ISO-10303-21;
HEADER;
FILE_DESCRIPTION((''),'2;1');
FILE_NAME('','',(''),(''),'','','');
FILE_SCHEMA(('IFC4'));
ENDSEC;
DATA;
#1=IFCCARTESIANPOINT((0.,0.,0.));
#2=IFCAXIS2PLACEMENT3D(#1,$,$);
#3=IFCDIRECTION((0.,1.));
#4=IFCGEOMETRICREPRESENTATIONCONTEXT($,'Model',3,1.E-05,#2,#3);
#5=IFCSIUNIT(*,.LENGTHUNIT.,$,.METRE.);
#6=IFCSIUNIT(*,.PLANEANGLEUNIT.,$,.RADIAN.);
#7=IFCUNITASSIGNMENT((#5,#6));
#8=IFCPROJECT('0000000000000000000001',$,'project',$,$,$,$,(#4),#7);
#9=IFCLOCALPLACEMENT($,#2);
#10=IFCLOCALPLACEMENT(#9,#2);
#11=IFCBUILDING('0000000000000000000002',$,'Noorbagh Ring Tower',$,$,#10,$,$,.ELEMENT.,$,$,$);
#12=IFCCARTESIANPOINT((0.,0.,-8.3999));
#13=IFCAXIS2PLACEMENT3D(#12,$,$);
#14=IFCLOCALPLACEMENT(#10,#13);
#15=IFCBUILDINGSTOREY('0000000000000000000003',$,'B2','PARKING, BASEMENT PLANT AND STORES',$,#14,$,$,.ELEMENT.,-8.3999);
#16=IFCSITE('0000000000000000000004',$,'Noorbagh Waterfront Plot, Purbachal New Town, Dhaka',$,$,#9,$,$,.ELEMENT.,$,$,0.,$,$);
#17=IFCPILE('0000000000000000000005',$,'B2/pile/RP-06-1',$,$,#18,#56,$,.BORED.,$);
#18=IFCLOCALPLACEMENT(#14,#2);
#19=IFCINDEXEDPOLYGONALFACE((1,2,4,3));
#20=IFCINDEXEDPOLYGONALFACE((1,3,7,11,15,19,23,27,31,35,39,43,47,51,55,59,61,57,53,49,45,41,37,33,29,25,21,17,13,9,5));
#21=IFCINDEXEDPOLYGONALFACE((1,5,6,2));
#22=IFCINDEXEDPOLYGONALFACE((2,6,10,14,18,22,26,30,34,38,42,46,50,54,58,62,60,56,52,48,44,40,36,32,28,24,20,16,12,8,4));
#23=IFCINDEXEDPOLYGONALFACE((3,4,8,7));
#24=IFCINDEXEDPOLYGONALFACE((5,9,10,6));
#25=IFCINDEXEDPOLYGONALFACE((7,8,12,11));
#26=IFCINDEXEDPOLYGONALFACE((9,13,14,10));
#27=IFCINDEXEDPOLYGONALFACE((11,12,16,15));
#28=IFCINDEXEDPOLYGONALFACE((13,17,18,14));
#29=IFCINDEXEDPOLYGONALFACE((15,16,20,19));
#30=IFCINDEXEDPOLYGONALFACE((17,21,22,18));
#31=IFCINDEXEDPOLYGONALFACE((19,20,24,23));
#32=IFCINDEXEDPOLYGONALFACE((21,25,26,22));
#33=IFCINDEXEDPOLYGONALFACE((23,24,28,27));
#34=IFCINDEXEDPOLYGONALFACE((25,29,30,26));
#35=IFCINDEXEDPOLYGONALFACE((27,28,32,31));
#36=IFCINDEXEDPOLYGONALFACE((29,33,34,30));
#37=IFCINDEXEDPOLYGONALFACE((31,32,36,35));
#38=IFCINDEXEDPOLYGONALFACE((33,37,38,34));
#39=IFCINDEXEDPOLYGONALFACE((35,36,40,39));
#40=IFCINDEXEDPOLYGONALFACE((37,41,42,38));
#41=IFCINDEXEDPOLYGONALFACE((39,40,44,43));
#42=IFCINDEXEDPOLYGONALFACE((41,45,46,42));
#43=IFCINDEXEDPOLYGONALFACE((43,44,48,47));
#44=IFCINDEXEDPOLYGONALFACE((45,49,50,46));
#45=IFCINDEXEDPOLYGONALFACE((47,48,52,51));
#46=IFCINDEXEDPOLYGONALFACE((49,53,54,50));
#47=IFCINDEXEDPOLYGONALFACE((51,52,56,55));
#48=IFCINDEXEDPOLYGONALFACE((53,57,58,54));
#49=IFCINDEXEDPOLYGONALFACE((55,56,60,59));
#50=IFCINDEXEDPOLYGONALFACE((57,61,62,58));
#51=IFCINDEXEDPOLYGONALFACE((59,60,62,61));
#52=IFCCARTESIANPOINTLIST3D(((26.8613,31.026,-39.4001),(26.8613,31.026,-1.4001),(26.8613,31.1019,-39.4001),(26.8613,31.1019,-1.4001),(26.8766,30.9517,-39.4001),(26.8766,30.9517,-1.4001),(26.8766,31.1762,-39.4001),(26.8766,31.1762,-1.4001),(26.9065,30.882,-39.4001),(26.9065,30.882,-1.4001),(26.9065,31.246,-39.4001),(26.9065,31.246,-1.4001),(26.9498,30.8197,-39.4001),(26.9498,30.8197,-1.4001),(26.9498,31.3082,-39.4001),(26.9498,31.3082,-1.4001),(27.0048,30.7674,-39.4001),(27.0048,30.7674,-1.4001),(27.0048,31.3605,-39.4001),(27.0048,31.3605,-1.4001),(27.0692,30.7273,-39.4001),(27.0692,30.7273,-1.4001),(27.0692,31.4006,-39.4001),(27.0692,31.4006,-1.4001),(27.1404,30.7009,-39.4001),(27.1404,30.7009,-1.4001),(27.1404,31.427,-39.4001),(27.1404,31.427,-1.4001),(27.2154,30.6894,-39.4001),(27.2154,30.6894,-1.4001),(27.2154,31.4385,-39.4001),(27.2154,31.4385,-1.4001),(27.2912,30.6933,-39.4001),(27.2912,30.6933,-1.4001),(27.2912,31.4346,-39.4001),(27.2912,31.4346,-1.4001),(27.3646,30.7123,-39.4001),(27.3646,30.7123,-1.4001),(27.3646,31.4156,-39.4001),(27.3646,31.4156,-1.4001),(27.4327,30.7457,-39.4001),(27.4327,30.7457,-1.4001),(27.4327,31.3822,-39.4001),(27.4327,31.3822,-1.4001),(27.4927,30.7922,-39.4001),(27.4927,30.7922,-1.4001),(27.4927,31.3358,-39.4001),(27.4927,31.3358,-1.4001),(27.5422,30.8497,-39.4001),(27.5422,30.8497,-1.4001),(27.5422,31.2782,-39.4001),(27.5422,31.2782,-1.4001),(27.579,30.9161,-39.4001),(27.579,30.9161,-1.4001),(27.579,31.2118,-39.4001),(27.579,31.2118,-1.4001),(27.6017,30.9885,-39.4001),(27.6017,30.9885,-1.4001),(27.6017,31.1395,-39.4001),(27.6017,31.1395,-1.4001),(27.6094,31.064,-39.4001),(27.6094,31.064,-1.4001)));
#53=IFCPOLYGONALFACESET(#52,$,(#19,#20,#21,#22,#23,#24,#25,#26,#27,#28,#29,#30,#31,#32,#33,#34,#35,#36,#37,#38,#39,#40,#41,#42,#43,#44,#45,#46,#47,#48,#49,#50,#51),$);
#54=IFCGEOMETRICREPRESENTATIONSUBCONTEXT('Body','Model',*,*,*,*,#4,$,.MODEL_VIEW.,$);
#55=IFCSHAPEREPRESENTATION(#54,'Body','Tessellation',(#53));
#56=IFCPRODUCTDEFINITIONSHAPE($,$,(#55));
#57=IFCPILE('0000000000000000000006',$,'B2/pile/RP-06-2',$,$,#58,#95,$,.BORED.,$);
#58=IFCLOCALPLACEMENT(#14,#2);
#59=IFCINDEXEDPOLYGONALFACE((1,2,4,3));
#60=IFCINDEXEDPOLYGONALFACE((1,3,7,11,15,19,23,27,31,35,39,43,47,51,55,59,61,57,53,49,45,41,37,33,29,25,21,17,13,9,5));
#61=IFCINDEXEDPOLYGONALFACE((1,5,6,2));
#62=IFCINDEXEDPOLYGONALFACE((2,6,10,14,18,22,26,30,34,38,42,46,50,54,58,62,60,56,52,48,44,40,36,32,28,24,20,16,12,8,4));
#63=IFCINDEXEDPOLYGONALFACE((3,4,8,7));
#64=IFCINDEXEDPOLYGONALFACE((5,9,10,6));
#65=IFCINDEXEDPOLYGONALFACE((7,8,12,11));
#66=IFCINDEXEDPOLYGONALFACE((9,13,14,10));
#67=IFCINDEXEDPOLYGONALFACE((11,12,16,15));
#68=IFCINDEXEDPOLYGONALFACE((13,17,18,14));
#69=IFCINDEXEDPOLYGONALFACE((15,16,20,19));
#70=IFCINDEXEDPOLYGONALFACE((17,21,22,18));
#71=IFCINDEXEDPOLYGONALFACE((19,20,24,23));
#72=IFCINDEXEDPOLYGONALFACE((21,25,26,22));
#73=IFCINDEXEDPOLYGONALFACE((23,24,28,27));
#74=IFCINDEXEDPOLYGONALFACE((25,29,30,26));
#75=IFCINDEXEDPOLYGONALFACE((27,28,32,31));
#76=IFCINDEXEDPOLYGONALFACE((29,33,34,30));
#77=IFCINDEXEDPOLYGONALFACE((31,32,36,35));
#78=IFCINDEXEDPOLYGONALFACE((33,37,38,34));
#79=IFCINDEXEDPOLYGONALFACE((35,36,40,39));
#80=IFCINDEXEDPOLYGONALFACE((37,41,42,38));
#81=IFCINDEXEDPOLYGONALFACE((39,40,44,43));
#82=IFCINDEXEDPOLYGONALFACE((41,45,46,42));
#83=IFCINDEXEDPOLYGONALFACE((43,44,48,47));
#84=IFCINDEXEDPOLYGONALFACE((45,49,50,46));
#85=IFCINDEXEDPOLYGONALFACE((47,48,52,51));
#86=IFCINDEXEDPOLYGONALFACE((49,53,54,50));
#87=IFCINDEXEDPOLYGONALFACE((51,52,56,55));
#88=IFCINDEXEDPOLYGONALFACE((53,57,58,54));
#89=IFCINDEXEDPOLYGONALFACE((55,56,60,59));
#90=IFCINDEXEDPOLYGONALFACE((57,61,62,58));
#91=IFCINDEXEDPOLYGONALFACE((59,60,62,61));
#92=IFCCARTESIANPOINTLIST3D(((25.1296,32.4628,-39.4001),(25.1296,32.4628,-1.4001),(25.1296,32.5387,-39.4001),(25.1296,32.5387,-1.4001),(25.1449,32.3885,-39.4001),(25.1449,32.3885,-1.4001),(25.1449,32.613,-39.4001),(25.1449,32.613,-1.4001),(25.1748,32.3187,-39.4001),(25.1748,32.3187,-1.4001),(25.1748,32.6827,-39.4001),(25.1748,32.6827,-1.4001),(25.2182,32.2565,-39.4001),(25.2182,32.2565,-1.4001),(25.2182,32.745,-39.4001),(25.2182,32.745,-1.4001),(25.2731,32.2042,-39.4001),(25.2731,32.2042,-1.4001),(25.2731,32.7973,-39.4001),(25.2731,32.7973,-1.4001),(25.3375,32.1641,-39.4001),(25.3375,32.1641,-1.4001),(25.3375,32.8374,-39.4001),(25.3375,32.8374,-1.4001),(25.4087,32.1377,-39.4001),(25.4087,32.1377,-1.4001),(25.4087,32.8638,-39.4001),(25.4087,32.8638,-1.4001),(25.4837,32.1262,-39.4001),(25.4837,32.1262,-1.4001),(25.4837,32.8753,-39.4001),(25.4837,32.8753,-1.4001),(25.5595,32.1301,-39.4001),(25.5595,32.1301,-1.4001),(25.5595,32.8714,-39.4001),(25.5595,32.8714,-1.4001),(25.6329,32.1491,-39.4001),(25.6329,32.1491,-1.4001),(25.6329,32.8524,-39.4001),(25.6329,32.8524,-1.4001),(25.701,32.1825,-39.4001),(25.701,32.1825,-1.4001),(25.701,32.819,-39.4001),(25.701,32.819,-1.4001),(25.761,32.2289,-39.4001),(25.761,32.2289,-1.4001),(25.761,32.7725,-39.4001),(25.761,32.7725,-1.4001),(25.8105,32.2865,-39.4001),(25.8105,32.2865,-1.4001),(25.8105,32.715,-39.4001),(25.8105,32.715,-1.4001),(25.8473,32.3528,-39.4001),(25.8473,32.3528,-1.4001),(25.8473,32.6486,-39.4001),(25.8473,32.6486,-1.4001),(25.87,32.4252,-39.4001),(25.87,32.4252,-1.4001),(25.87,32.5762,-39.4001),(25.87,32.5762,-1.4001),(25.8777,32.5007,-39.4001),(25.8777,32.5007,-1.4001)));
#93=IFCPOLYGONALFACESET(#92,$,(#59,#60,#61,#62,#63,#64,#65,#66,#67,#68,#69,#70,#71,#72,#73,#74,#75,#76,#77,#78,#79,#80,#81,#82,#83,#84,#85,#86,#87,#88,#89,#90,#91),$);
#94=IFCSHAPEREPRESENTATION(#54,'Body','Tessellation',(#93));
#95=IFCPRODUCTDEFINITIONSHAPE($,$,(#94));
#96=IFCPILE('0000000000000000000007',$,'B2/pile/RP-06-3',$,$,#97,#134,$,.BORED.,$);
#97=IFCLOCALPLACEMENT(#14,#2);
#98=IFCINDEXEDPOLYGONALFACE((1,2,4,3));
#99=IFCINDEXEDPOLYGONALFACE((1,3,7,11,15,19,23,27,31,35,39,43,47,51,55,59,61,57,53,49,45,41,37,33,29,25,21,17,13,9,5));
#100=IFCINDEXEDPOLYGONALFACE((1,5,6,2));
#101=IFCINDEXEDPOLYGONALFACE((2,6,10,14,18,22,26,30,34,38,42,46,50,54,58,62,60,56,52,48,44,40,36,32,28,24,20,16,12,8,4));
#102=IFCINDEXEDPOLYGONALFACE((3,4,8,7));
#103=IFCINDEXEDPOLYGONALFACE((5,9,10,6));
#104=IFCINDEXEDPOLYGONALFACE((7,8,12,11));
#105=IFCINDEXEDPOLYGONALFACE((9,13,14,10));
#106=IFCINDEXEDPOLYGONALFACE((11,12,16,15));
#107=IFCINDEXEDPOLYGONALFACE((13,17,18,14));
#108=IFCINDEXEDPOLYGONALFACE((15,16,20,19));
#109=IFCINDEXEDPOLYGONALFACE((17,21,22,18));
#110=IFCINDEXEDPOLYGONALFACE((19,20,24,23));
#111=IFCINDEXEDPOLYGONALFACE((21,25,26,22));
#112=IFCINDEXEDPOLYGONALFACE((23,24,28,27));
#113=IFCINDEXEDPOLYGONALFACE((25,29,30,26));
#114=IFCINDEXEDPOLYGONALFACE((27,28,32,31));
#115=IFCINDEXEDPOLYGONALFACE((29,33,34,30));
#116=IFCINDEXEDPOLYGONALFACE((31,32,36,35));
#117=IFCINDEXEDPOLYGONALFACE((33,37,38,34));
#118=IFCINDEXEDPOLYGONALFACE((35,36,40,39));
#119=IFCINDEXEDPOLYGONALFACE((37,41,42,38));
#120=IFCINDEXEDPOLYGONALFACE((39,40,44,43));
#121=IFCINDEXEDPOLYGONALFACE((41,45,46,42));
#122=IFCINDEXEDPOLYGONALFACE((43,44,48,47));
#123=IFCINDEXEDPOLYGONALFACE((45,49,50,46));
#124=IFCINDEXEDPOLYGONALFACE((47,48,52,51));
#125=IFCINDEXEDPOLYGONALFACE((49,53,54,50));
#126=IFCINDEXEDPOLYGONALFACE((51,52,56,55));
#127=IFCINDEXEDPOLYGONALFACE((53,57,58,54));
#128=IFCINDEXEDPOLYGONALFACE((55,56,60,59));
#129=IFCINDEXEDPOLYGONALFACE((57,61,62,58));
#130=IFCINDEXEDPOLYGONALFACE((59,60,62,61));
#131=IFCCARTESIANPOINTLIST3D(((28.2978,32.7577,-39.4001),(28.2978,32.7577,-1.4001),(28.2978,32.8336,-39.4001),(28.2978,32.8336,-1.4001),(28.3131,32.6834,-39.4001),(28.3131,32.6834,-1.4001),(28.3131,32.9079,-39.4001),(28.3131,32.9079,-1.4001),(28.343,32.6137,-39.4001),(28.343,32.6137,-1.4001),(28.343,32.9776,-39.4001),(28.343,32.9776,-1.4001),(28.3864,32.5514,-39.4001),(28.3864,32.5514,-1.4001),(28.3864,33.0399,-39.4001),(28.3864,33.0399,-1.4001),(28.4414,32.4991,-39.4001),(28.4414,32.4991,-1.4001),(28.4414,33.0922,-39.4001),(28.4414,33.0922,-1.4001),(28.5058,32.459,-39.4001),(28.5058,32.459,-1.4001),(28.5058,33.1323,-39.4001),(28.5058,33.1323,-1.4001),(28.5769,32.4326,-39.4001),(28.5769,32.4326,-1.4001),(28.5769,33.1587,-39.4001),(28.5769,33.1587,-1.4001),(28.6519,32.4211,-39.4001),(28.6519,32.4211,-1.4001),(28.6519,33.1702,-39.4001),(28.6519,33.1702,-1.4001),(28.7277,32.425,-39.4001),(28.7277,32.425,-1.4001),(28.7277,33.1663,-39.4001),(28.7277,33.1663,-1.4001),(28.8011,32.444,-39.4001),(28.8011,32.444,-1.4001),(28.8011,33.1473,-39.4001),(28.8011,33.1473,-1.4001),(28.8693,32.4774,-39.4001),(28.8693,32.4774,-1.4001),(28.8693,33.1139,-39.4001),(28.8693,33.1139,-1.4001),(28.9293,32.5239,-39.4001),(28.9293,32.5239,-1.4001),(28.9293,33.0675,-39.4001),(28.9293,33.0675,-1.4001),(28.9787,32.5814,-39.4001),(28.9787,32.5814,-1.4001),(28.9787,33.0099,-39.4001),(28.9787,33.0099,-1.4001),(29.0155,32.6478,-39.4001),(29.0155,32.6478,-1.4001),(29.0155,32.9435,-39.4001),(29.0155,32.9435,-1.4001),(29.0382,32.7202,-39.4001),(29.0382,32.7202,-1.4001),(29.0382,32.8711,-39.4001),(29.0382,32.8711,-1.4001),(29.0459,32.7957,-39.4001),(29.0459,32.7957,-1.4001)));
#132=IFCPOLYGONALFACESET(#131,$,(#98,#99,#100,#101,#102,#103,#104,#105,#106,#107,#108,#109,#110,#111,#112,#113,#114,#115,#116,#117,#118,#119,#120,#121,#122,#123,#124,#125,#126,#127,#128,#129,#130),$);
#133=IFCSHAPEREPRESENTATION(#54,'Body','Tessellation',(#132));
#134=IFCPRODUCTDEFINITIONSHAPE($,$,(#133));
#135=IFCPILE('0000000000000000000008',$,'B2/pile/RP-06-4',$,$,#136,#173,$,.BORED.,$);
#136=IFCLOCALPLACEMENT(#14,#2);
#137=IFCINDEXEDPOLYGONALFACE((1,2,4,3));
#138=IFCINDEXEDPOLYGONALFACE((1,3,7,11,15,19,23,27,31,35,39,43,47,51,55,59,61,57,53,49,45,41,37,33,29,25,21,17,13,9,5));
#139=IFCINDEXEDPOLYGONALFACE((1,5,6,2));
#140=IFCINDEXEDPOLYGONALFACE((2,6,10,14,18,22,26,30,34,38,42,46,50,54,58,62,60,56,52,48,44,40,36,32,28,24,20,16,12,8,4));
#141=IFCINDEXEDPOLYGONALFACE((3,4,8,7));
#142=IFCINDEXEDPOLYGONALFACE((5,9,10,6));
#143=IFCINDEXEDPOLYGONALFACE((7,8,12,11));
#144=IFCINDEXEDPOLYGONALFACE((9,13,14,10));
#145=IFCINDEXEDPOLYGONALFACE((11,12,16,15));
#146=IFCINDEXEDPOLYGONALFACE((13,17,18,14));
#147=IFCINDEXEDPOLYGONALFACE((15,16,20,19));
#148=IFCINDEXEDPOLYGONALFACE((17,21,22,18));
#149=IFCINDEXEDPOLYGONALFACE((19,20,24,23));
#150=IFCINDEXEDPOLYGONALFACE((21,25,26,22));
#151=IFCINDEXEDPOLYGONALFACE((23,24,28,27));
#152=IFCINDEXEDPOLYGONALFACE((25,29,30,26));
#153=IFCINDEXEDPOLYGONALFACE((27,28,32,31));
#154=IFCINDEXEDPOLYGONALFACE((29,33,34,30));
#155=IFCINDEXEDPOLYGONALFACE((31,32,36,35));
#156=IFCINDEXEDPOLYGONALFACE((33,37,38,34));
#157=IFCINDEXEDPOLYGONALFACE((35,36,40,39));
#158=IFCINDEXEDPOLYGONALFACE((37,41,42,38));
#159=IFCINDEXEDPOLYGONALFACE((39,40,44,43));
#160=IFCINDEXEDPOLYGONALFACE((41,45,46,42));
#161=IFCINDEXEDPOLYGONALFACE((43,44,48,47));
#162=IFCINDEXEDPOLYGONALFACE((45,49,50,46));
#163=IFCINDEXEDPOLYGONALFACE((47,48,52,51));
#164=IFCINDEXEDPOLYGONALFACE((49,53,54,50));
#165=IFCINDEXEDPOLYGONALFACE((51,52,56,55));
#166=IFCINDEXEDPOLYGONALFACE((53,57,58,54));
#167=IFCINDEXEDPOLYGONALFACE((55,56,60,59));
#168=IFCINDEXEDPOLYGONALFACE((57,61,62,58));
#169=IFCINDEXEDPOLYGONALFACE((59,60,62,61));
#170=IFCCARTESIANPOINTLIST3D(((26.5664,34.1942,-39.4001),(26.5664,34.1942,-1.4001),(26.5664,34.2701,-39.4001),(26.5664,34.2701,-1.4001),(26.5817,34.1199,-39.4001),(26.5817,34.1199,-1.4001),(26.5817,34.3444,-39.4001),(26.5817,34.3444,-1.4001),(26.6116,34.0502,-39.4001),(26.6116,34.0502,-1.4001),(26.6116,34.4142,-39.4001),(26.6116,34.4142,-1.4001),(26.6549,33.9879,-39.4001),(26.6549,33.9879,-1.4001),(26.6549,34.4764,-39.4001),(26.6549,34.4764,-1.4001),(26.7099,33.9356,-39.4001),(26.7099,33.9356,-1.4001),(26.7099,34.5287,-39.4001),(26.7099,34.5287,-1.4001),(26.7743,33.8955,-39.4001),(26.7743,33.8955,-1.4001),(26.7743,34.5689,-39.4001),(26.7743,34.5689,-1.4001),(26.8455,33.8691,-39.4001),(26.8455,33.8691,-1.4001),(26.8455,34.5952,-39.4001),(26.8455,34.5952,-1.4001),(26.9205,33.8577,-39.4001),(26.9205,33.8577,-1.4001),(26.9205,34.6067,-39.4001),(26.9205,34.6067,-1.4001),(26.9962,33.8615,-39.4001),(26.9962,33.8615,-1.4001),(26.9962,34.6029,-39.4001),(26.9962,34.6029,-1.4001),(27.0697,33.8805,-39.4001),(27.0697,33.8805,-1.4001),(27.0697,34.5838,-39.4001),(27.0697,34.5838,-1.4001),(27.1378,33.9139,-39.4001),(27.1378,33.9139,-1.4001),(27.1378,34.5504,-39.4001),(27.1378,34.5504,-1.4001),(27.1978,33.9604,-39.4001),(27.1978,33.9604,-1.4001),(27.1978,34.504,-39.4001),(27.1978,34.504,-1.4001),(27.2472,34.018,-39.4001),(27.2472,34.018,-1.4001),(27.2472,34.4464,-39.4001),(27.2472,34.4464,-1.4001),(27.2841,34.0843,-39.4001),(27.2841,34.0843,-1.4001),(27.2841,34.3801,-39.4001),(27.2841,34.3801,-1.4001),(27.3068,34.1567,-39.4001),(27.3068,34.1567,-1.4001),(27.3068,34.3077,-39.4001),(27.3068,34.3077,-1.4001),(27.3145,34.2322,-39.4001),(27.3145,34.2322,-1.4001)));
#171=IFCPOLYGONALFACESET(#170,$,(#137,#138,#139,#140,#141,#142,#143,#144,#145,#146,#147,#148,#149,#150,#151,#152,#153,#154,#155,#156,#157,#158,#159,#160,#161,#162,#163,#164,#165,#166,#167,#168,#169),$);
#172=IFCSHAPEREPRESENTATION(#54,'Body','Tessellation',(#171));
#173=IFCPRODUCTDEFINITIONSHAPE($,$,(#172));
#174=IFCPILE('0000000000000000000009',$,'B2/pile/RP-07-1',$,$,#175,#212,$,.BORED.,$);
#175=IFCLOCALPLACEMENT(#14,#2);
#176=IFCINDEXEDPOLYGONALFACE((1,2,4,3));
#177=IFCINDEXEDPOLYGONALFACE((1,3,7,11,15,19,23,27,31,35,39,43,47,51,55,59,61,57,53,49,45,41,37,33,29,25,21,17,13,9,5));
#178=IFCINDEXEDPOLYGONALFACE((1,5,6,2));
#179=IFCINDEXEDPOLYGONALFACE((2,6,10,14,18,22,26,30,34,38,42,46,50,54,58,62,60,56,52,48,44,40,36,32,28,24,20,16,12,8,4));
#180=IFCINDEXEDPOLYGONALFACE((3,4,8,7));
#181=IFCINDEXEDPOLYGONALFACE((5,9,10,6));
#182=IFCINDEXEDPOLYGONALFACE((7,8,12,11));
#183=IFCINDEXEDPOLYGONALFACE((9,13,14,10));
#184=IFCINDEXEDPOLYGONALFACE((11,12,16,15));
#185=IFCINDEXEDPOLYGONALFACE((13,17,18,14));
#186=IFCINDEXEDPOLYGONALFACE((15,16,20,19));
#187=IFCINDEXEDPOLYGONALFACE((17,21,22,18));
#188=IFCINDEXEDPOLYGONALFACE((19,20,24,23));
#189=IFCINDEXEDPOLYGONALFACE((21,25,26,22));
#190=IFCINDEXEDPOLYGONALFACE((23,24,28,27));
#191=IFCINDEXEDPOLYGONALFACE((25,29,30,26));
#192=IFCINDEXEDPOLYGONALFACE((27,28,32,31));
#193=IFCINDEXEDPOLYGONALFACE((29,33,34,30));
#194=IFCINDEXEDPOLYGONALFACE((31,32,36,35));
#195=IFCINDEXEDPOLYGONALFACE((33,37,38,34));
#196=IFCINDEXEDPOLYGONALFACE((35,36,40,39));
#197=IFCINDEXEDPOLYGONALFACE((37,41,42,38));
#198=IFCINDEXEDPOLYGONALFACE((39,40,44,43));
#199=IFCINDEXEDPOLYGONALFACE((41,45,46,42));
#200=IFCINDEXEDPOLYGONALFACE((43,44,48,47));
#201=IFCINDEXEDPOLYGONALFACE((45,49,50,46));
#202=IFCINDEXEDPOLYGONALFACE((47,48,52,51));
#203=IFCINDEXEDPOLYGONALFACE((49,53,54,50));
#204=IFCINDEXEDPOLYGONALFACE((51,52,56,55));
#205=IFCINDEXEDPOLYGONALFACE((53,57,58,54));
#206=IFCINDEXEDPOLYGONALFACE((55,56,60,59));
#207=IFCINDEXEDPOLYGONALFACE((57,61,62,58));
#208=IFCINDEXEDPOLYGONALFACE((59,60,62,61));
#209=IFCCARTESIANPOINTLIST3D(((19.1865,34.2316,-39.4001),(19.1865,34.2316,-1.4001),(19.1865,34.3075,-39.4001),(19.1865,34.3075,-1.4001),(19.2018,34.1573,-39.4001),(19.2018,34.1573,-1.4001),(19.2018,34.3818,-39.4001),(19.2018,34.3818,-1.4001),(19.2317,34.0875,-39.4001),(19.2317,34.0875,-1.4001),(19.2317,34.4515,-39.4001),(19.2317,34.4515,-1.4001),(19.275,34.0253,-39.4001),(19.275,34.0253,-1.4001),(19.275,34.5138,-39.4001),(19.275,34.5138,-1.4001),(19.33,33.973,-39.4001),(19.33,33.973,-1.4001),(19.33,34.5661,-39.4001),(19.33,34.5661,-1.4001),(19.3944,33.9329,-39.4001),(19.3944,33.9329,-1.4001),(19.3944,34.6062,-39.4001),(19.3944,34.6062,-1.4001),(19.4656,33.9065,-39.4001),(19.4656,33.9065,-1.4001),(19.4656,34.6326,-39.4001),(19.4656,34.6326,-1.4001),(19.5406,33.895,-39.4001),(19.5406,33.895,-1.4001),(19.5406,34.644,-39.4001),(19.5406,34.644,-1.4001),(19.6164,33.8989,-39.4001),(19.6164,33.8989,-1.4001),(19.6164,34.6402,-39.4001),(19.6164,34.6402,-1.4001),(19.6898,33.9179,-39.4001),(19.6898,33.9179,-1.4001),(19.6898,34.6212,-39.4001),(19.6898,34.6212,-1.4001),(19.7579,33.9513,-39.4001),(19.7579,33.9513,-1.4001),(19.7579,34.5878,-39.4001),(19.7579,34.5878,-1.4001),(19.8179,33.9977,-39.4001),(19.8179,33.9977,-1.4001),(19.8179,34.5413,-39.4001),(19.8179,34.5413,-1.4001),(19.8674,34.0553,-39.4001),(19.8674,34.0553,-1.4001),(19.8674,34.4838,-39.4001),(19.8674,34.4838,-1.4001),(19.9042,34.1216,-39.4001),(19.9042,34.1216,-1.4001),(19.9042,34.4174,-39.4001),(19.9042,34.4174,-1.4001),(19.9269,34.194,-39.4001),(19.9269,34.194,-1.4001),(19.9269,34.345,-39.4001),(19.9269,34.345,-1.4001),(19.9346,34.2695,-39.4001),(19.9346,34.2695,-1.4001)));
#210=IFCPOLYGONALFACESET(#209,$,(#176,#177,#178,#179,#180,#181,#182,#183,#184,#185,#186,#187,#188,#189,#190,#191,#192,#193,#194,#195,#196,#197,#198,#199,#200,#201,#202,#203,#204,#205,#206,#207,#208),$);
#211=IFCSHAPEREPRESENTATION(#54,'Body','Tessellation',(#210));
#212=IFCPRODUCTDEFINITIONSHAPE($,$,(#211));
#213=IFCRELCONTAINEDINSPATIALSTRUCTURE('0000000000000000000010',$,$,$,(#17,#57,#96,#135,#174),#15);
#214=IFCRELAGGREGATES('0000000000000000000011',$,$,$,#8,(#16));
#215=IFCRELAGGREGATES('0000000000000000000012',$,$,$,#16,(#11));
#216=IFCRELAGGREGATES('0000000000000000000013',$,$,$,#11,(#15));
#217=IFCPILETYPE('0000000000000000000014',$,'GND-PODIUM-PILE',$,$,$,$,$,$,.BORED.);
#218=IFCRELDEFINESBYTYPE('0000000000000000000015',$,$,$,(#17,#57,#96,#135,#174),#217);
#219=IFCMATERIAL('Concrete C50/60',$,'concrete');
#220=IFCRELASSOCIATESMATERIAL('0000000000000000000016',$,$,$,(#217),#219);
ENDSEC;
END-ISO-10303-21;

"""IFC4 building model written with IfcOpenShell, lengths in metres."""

from ifc_helpers import new_model, si_unit, direction, frame, origin, origin_2d, place, context, subcontext, project, spatial, circle, extrude, material, material_profile, profile_set, type_object, element, save


model = new_model("IFC4")

# Units and contexts
model_context = context("Model", 3, precision=1e-05, world=origin(), true_north=direction((0.0, 1.0)))
body_context = subcontext(model_context, "Body", "Model", "MODEL_VIEW")
ifc_project = project(units=[si_unit("LENGTHUNIT", "METRE"), si_unit("PLANEANGLEUNIT", "RADIAN")], contexts=[model_context])

# Site, building, storey
site_placement = place(None, origin())
site = spatial("IfcSite", under=ifc_project, at=site_placement, Name="Noorbagh Waterfront Plot, Purbachal New Town, Dhaka", CompositionType="ELEMENT", RefElevation=0.0)
building_placement = place(site_placement, origin())
building = spatial("IfcBuilding", under=site, at=building_placement, Name="Noorbagh Ring Tower", CompositionType="ELEMENT")
storey_placement = place(building_placement, frame((0.0, 0.0, -8.3999)))
storey = spatial("IfcBuildingStorey", under=building, at=storey_placement, Name="B2", Description="PARKING, BASEMENT PLANT AND STORES", CompositionType="ELEMENT", Elevation=-8.3999)

# Piles
ifc_material_1 = material(Name="Concrete C50/60", Category="concrete")
ifc_material_profile_1 = material_profile(ifc_material_1, circle(Radius=0.375, at=origin_2d()), Name="PILE750")
ifc_profile_set_1 = profile_set([ifc_material_profile_1], Name="Concrete C50/60")
pile_type_1 = type_object("IfcPileType", Name="GND-PODIUM-PILE", PredefinedType="BORED", material=ifc_profile_set_1)
for number, where, z_axis, x_axis, name in (
    (1, (27.2344, 31.064, -1.4001), (0.0, 0.0, -1.0), (1.0, 0.0, 0.0), "B2/pile/RP-06-1"),
    (2, (25.5027, 32.5007, -1.4001), (0.0, 0.0, -1.0), (1.0, 0.0, 0.0), "B2/pile/RP-06-2"),
    (3, (28.6709, 32.7957, -1.4001), (0.0, 0.0, -1.0), (1.0, 0.0, 0.0), "B2/pile/RP-06-3"),
    (4, (26.9395, 34.2322, -1.4001), (0.0, 0.0, -1.0), (1.0, 0.0, 0.0), "B2/pile/RP-06-4"),
    (5, (19.5596, 34.2695, -1.4001), (0.0, 0.0, -1.0), (1.0, 0.0, 0.0), "B2/pile/RP-07-1"),
):
    element("IfcPile", number, at=place(storey_placement, frame(where, z_axis=z_axis, x_axis=x_axis)), inside=storey, type_object=pile_type_1, Name=name, PredefinedType="BORED", context=body_context, shape_type="SweptSolid", body=[
        extrude(circle(Radius=0.375, at=origin_2d()), origin(), (0.0, 0.0, 1.0), 38.0),
    ])

save(model, "model.ifc")
